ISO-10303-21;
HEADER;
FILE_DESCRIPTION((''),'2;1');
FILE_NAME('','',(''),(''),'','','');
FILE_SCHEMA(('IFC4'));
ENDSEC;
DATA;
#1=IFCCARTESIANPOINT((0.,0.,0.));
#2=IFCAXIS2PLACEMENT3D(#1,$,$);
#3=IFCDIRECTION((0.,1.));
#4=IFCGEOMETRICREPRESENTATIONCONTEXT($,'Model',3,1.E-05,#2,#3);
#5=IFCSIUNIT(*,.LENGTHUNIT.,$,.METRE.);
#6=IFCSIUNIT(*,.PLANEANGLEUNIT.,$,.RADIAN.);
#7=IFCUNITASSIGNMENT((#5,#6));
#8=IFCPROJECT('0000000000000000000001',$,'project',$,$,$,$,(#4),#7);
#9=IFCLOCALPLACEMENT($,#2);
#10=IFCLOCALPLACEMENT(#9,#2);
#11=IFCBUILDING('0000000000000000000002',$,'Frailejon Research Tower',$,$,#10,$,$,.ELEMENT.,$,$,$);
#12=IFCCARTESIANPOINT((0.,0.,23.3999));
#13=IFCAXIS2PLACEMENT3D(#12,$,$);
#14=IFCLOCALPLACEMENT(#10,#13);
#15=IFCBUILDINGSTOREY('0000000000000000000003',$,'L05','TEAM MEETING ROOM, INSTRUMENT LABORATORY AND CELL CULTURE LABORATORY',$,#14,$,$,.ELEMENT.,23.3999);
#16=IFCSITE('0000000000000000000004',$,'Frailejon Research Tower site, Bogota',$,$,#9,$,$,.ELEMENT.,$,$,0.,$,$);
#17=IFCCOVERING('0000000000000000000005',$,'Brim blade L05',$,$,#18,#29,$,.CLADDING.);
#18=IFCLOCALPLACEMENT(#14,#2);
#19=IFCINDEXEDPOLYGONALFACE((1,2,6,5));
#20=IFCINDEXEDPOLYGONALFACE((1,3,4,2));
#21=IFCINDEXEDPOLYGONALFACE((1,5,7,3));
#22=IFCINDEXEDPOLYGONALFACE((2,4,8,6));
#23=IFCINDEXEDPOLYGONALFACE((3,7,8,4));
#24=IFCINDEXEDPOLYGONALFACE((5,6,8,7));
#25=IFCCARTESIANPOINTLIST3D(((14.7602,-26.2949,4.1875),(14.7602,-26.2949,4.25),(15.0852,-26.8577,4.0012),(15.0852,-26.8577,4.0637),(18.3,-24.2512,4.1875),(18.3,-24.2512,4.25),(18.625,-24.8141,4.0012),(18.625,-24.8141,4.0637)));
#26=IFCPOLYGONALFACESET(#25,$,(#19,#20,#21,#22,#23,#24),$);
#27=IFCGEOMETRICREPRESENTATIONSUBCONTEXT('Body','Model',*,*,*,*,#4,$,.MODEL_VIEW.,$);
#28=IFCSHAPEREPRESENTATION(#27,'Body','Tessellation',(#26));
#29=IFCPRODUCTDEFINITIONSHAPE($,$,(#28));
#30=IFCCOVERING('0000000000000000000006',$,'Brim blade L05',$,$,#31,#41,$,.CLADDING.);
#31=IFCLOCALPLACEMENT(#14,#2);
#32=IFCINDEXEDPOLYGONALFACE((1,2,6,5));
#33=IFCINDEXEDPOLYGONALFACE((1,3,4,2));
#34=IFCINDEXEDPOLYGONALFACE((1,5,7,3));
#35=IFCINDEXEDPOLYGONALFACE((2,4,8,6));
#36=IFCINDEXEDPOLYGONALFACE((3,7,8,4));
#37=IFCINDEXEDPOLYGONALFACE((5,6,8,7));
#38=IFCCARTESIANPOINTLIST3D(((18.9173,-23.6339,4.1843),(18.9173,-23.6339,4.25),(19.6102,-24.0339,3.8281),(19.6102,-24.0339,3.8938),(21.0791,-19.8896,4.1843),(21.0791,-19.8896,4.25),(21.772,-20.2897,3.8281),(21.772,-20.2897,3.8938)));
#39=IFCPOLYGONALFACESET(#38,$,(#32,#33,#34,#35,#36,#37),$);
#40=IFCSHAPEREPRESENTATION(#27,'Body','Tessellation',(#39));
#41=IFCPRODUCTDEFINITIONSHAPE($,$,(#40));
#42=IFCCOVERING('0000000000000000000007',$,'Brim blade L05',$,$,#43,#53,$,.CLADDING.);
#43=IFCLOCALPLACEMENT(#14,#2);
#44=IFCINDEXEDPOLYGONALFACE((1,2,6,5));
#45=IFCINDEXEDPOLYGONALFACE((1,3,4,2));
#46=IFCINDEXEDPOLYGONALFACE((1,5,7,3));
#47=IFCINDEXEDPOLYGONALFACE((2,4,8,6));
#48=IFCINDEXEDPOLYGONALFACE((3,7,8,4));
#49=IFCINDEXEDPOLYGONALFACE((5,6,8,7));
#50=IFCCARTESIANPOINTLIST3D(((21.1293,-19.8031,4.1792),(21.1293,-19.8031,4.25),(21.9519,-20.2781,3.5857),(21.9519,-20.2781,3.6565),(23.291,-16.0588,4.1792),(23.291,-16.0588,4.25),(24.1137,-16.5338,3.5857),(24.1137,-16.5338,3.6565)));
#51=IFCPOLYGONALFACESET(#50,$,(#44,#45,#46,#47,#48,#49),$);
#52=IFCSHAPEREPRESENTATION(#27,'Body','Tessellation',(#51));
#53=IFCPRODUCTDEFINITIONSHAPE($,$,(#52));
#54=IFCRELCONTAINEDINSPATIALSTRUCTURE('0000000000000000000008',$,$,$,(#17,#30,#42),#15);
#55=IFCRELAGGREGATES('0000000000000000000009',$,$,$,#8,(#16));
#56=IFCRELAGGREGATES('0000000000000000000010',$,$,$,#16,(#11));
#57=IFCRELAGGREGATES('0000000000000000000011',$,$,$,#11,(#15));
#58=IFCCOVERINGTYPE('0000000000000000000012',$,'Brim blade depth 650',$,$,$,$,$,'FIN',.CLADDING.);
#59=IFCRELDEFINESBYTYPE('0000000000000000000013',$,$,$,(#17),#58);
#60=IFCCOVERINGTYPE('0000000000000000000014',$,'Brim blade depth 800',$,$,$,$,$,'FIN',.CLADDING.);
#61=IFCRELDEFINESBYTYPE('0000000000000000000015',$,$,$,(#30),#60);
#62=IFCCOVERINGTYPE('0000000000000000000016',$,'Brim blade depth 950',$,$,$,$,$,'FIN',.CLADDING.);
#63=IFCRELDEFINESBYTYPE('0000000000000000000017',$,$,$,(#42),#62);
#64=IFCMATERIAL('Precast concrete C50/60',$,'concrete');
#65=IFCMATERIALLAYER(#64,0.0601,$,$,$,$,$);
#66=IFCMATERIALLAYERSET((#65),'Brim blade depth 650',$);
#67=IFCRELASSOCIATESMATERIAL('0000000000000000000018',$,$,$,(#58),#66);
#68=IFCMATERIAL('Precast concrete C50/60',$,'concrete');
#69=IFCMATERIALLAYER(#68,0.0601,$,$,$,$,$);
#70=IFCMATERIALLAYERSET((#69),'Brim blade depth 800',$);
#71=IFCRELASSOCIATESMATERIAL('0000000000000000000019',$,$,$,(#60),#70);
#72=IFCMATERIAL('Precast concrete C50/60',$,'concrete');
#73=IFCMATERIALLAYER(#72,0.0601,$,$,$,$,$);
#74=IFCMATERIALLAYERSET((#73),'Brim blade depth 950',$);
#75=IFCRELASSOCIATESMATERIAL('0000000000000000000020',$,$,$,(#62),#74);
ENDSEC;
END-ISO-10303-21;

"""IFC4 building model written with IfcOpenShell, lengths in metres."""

from ifc_helpers import new_model, si_unit, direction, frame, origin, place, context, subcontext, project, spatial, polyline, outline, extrude, material, layer, layer_set, type_object, element, save


model = new_model("IFC4")

# Units and contexts
model_context = context("Model", 3, precision=1e-05, world=origin(), true_north=direction((0.0, 1.0)))
body_context = subcontext(model_context, "Body", "Model", "MODEL_VIEW")
ifc_project = project(units=[si_unit("LENGTHUNIT", "METRE"), si_unit("PLANEANGLEUNIT", "RADIAN")], contexts=[model_context])

# Site, building, storey
site_placement = place(None, origin())
site = spatial("IfcSite", under=ifc_project, at=site_placement, Name="Frailejon Research Tower site, Bogota", CompositionType="ELEMENT", RefElevation=0.0)
building_placement = place(site_placement, origin())
building = spatial("IfcBuilding", under=site, at=building_placement, Name="Frailejon Research Tower", CompositionType="ELEMENT")
storey_placement = place(building_placement, frame((0.0, 0.0, 23.3999)))
storey = spatial("IfcBuildingStorey", under=building, at=storey_placement, Name="L05", Description="TEAM MEETING ROOM, INSTRUMENT LABORATORY AND CELL CULTURE LABORATORY", CompositionType="ELEMENT", Elevation=23.3999)

# Coverings
ifc_material_1 = material(Name="Precast concrete C50/60", Category="concrete")
ifc_layer_1 = layer(ifc_material_1, 0.0601)
ifc_layer_set_1 = layer_set([ifc_layer_1], Name="Brim blade depth 650")
covering_type_1 = type_object("IfcCoveringType", Name="Brim blade depth 650", ElementType="FIN", PredefinedType="CLADDING", material=ifc_layer_set_1)
covering_1_placement = place(storey_placement, frame((18.3, -24.2512, 4.25), z_axis=(-0.866032, -0.499989, 0.0), x_axis=(0.499989, -0.866032, 0.0)))
element("IfcCovering", 1, at=covering_1_placement, inside=storey, type_object=covering_type_1, Name="Brim blade L05", PredefinedType="CLADDING", context=body_context, shape_type="SweptSolid", body=[
    extrude(outline(polyline([(0.0, -0.0625), (0.6499, -0.2488), (0.6499, -0.1863), (0.0, 0.0), (0.0, -0.0625)])), origin(), (0.0, 0.0, 1.0), 4.0874),
])
ifc_material_2 = material(Name="Precast concrete C50/60", Category="concrete")
ifc_layer_2 = layer(ifc_material_2, 0.0601)
ifc_layer_set_2 = layer_set([ifc_layer_2], Name="Brim blade depth 800")
covering_type_2 = type_object("IfcCoveringType", Name="Brim blade depth 800", ElementType="FIN", PredefinedType="CLADDING", material=ifc_layer_set_2)
covering_2_placement = place(storey_placement, frame((21.0791, -19.8896, 4.25), z_axis=(-0.500005, -0.866023, 0.0), x_axis=(0.866023, -0.500005, 0.0)))
element("IfcCovering", 2, at=covering_2_placement, inside=storey, type_object=covering_type_2, Name="Brim blade L05", PredefinedType="CLADDING", context=body_context, shape_type="SweptSolid", body=[
    extrude(outline(polyline([(0.0, -0.0657), (0.8, -0.4219), (0.8, -0.3562), (0.0, 0.0), (0.0, -0.0657)])), origin(), (0.0, 0.0, 1.0), 4.3235),
])
ifc_material_3 = material(Name="Precast concrete C50/60", Category="concrete")
ifc_layer_3 = layer(ifc_material_3, 0.0601)
ifc_layer_set_3 = layer_set([ifc_layer_3], Name="Brim blade depth 950")
covering_type_3 = type_object("IfcCoveringType", Name="Brim blade depth 950", ElementType="FIN", PredefinedType="CLADDING", material=ifc_layer_set_3)
covering_3_placement = place(storey_placement, frame((23.291, -16.0588, 4.25), z_axis=(-0.500005, -0.866023, 0.0), x_axis=(0.866023, -0.500005, 0.0)))
element("IfcCovering", 3, at=covering_3_placement, inside=storey, type_object=covering_type_3, Name="Brim blade L05", PredefinedType="CLADDING", context=body_context, shape_type="SweptSolid", body=[
    extrude(outline(polyline([(0.0, -0.0708), (0.95, -0.6643), (0.95, -0.5935), (0.0, 0.0), (0.0, -0.0708)])), origin(), (0.0, 0.0, 1.0), 4.3235),
])

save(model, "model.ifc")
